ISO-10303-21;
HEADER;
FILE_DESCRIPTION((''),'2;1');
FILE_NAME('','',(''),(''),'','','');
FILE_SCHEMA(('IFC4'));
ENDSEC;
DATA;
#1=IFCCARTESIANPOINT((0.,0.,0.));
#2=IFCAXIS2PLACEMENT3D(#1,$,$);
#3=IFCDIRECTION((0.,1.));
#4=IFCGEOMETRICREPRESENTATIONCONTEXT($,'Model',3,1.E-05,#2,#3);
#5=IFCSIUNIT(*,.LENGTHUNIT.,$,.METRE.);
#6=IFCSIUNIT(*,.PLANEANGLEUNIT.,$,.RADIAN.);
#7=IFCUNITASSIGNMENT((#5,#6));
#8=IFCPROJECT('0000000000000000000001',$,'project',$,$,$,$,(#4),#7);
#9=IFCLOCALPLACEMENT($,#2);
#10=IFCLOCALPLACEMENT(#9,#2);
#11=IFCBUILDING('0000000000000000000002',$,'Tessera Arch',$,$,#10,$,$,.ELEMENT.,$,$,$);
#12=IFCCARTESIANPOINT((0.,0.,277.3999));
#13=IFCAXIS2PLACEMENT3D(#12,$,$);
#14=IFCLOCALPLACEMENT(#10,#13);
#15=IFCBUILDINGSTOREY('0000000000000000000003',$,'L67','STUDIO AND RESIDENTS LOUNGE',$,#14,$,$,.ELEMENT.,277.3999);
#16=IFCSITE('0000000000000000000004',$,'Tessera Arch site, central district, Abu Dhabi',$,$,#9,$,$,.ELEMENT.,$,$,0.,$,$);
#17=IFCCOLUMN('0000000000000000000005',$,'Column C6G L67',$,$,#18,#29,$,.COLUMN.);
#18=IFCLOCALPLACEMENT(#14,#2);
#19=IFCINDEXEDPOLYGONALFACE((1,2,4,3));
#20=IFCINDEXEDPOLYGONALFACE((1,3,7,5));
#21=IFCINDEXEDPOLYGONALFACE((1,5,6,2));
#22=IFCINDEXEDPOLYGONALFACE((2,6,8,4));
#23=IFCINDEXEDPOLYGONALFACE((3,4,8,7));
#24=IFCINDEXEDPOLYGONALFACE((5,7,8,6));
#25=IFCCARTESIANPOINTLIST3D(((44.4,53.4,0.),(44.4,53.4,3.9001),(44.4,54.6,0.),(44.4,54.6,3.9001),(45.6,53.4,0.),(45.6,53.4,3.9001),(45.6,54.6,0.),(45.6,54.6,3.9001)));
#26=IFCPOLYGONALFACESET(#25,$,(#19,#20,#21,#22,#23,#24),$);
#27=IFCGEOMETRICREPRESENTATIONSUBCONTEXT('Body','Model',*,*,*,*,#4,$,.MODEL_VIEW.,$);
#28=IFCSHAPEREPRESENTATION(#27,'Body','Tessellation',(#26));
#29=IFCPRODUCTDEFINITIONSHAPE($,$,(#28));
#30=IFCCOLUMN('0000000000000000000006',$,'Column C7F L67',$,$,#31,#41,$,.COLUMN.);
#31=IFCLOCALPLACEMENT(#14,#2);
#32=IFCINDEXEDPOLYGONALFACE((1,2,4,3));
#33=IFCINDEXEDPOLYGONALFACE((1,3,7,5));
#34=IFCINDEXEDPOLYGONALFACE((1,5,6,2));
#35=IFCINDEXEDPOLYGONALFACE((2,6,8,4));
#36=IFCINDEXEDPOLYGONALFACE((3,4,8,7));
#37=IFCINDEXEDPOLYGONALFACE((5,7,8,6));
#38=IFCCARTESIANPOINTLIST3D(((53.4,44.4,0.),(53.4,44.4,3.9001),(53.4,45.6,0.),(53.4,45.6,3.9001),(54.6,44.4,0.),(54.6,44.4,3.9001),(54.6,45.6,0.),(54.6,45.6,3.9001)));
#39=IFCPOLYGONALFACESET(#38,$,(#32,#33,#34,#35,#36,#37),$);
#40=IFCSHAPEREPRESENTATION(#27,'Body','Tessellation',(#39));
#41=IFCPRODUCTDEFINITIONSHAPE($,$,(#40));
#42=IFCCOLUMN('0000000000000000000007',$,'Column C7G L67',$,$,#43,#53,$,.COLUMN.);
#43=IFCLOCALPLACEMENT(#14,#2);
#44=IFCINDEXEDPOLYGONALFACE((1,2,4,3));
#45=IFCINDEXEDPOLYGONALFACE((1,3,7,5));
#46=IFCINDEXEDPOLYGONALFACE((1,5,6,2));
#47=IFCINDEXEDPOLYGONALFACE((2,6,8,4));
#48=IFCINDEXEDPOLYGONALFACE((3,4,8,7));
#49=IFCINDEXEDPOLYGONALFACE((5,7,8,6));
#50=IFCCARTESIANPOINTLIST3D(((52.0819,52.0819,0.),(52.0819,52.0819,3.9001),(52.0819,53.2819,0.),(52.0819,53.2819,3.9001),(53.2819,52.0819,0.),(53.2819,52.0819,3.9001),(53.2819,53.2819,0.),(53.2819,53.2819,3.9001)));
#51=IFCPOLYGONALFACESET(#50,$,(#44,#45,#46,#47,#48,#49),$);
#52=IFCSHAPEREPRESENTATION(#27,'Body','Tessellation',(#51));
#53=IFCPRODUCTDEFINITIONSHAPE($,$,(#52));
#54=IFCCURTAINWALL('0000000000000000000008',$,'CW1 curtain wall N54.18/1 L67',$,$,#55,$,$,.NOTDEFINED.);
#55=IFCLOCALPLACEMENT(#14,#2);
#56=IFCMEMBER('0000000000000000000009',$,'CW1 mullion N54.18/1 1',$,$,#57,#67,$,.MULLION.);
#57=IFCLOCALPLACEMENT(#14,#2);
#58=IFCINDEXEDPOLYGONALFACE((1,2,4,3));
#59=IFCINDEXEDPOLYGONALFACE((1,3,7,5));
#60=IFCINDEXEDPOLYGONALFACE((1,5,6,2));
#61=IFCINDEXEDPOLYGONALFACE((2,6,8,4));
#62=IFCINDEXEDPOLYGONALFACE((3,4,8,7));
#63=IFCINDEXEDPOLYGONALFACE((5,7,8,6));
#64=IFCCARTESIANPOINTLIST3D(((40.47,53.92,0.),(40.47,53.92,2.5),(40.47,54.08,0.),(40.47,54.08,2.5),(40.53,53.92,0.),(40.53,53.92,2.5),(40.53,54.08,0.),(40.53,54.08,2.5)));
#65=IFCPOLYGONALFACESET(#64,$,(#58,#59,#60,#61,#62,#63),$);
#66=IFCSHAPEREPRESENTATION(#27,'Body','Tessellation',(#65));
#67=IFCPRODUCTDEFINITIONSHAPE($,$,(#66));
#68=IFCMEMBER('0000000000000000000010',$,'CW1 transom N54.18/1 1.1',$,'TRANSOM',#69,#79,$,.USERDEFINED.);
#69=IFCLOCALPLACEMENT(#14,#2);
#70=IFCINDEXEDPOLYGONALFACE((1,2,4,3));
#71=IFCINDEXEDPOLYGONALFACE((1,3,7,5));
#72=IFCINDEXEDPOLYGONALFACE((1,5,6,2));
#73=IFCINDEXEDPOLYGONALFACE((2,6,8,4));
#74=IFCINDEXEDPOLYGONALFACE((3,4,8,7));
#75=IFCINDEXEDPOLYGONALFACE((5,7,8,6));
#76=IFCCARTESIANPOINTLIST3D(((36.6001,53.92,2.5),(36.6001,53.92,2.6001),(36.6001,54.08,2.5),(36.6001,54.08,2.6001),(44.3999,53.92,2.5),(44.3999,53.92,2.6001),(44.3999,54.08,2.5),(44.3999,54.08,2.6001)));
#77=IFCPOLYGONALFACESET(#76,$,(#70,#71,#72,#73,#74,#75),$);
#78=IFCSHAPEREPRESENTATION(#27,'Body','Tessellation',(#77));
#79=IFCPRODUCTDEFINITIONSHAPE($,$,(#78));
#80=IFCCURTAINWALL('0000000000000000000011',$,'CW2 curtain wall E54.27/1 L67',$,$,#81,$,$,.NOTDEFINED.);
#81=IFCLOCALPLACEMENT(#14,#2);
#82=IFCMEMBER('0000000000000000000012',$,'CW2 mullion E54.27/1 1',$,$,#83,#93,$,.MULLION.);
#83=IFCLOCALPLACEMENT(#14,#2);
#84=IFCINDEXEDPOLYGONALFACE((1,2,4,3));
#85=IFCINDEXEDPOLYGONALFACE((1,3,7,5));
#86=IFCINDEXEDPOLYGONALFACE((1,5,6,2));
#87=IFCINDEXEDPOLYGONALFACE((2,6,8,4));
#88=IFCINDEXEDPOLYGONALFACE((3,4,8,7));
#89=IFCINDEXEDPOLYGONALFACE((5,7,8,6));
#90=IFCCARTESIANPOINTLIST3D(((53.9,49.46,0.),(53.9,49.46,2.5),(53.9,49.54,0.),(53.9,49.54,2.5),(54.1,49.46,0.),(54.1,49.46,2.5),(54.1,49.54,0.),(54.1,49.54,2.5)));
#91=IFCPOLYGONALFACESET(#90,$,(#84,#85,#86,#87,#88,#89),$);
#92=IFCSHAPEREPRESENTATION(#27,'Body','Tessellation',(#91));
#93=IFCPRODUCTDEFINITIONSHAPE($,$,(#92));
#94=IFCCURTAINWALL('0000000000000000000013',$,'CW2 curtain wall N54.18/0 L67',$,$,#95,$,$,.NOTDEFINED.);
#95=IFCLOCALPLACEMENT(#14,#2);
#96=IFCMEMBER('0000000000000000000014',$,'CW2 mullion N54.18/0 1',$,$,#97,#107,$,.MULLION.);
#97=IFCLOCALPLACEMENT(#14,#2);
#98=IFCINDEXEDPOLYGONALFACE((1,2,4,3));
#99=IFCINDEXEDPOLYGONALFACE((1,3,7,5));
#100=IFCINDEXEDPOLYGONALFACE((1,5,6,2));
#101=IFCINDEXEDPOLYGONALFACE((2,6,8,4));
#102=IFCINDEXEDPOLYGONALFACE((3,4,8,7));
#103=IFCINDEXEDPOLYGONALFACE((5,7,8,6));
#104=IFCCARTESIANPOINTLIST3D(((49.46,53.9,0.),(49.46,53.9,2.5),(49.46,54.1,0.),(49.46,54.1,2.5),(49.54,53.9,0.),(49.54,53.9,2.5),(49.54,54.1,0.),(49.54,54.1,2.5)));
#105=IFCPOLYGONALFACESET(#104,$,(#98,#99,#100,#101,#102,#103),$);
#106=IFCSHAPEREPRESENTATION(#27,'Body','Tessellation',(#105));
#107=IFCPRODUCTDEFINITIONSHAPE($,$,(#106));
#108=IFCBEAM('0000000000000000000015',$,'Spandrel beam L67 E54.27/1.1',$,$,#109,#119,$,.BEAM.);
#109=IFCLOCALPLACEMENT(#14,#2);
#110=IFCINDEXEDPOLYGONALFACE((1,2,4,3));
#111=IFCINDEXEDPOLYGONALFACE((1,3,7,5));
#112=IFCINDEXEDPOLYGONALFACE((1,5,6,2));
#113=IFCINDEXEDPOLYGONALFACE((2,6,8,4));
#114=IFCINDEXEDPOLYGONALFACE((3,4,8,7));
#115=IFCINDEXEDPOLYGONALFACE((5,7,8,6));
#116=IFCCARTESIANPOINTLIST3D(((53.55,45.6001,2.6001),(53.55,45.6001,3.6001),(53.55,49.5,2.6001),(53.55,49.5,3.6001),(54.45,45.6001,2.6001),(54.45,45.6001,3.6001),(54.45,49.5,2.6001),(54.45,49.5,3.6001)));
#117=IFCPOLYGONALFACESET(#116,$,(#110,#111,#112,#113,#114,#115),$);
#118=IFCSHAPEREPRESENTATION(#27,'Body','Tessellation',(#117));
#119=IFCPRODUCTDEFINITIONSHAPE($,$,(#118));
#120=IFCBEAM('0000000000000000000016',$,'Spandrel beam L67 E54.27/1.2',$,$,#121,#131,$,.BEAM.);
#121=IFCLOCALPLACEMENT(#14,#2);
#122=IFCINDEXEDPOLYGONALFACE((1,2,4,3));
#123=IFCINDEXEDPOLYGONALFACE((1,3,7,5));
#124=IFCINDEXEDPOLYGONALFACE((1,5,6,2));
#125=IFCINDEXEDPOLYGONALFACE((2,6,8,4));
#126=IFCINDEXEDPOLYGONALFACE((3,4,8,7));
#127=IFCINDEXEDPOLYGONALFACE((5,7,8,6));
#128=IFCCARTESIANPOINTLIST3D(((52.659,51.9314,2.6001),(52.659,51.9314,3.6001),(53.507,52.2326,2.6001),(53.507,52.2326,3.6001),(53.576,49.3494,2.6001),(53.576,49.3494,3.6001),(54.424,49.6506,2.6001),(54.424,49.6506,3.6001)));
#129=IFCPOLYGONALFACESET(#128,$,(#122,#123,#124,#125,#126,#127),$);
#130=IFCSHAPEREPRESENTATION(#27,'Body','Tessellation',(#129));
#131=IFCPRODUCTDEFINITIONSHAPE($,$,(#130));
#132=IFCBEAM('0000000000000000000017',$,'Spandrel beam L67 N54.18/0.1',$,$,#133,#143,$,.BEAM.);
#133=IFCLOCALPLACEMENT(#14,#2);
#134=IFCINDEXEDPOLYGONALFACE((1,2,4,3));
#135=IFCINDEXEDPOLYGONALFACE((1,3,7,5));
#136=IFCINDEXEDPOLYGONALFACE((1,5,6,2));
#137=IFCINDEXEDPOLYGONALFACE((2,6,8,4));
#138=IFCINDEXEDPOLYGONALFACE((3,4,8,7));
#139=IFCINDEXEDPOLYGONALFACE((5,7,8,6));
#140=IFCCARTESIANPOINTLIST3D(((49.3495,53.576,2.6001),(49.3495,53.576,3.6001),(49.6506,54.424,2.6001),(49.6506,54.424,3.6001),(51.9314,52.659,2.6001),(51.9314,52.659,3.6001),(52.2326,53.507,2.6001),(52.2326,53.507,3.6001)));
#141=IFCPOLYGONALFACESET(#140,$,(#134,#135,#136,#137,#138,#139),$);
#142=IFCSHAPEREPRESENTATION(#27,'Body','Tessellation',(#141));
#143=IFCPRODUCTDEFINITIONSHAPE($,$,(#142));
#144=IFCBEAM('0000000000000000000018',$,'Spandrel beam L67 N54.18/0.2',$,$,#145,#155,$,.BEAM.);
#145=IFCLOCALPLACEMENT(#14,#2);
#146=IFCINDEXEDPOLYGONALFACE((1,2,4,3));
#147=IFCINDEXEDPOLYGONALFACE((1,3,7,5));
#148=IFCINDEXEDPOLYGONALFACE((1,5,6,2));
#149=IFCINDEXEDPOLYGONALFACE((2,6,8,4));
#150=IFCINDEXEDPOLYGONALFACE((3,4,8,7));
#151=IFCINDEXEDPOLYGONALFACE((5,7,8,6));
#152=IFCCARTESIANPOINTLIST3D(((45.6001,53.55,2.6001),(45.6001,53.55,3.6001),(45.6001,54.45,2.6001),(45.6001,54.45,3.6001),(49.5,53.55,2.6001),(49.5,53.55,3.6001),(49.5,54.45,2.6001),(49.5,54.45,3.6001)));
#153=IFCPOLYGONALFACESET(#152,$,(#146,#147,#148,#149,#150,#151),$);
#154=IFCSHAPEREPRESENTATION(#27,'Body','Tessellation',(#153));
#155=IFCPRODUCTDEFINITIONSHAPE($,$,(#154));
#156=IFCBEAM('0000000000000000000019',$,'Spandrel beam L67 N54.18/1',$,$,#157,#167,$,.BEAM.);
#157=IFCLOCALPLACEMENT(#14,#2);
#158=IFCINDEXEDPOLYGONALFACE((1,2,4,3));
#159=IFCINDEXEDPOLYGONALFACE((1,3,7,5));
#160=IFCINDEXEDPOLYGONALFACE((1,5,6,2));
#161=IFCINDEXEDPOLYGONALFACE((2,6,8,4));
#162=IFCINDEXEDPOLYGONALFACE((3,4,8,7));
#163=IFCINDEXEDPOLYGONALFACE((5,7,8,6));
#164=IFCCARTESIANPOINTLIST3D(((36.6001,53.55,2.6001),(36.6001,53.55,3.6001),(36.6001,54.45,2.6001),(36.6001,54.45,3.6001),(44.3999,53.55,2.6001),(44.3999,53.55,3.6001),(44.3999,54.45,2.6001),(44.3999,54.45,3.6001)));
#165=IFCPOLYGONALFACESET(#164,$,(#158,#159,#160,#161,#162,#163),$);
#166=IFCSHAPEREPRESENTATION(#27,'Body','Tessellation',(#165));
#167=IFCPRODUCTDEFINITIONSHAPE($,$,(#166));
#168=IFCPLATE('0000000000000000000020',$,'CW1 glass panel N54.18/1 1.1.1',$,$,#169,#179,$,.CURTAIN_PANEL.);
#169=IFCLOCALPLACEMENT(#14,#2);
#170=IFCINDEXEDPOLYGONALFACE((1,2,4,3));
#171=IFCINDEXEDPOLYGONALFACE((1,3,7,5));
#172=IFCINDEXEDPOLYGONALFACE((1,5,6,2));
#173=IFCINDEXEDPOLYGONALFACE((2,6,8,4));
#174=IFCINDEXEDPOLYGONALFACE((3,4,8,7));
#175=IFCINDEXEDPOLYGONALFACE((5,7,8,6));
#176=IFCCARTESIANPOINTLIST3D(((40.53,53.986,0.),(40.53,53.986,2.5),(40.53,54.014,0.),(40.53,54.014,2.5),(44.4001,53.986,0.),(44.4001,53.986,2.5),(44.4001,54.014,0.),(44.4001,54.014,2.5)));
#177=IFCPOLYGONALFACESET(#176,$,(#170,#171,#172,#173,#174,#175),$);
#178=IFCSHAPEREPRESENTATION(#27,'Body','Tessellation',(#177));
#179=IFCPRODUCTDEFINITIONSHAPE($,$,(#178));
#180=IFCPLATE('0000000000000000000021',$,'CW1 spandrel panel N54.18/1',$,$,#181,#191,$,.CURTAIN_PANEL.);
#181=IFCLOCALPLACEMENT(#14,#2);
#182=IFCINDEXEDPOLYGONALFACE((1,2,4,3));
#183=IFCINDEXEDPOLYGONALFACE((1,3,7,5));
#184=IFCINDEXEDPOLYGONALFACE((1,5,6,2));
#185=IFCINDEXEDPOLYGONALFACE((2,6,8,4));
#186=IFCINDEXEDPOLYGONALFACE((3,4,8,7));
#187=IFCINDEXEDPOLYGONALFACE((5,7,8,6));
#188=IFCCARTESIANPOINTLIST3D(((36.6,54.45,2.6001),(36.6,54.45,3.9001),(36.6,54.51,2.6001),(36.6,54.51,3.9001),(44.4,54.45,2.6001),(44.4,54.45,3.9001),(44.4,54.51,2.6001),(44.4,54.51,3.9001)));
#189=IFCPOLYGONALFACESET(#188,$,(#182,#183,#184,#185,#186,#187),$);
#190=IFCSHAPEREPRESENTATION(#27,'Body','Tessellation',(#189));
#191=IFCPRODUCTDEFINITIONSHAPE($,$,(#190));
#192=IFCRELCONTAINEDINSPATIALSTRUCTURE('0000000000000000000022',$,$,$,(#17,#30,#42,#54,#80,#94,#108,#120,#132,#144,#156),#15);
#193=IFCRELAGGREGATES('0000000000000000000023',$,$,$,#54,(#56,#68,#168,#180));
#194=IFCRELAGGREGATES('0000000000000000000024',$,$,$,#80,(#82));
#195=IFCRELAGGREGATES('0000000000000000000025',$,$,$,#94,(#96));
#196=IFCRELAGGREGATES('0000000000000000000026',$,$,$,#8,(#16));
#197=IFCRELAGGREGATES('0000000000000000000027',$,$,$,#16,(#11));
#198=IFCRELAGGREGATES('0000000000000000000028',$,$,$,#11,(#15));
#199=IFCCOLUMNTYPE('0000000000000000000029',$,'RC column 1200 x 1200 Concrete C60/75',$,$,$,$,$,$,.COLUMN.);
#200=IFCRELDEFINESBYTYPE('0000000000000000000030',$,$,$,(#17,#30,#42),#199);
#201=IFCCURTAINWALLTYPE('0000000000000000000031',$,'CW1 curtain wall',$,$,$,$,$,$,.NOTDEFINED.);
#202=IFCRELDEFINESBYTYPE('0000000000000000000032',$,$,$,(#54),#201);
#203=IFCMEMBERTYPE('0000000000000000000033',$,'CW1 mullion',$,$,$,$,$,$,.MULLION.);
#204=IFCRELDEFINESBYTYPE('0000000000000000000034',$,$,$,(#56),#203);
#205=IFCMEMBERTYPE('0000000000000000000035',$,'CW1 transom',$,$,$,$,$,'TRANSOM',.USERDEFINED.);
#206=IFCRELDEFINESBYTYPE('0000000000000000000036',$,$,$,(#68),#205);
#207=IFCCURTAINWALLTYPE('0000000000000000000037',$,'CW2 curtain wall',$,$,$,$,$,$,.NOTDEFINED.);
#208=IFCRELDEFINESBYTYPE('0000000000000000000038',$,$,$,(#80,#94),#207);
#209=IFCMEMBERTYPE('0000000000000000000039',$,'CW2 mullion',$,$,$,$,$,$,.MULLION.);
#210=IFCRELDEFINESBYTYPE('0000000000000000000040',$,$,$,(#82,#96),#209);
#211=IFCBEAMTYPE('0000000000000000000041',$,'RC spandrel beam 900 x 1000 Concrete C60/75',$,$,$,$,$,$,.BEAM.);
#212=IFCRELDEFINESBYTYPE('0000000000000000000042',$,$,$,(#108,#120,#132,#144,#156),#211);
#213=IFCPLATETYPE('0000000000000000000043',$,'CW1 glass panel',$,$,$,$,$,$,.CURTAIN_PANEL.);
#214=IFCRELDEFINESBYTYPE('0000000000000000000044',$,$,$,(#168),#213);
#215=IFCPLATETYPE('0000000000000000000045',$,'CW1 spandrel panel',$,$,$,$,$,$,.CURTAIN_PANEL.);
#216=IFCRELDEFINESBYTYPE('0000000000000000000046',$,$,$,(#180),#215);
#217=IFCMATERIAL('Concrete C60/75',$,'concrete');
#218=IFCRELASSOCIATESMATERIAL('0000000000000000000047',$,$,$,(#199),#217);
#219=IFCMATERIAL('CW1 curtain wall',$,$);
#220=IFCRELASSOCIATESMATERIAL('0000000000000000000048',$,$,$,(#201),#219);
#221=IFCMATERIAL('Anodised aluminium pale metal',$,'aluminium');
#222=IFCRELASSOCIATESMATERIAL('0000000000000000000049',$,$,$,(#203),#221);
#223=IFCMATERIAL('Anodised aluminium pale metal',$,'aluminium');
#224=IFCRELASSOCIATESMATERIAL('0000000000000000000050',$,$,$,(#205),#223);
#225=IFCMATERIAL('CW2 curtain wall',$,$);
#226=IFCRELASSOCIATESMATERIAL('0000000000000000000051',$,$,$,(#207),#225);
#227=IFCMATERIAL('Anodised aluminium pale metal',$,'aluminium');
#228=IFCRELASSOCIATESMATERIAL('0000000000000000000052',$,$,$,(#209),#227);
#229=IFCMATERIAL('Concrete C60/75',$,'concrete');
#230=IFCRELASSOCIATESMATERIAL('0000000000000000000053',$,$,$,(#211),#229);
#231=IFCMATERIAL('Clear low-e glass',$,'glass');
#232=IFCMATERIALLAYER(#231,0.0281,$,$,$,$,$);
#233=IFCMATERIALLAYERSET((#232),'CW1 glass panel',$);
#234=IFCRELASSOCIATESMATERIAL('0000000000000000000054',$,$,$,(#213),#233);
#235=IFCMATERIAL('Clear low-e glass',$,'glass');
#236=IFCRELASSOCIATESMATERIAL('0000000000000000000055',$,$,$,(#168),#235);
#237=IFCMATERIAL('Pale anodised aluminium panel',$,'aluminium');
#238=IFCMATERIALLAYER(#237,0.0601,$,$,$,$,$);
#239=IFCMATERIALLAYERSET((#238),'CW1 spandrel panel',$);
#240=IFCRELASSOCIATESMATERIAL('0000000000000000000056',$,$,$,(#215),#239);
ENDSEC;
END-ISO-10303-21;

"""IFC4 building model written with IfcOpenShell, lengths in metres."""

from ifc_helpers import new_model, si_unit, direction, frame, origin, origin_2d, place, context, subcontext, project, spatial, rectangle, extrude, material, layer, layer_set, material_profile, profile_set, type_object, element, aggregate, save


model = new_model("IFC4")

# Units and contexts
model_context = context("Model", 3, precision=1e-05, world=origin(), true_north=direction((0.0, 1.0)))
body_context = subcontext(model_context, "Body", "Model", "MODEL_VIEW")
ifc_project = project(units=[si_unit("LENGTHUNIT", "METRE"), si_unit("PLANEANGLEUNIT", "RADIAN")], contexts=[model_context])

# Site, building, storey
site_placement = place(None, origin())
site = spatial("IfcSite", under=ifc_project, at=site_placement, Name="Tessera Arch site, central district, Abu Dhabi", CompositionType="ELEMENT", RefElevation=0.0)
building_placement = place(site_placement, origin())
building = spatial("IfcBuilding", under=site, at=building_placement, Name="Tessera Arch", CompositionType="ELEMENT")
storey_placement = place(building_placement, frame((0.0, 0.0, 277.3999)))
storey = spatial("IfcBuildingStorey", under=building, at=storey_placement, Name="L67", Description="STUDIO AND RESIDENTS LOUNGE", CompositionType="ELEMENT", Elevation=277.3999)

# Columns
ifc_material_1 = material(Name="Concrete C60/75", Category="concrete")
ifc_material_profile_1 = material_profile(ifc_material_1, rectangle(XDim=1.2, YDim=1.2, at=origin_2d()), Name="RC column 1200 x 1200 Concrete C60/75")
ifc_profile_set_1 = profile_set([ifc_material_profile_1], Name="Concrete C60/75")
column_type = type_object("IfcColumnType", Name="RC column 1200 x 1200 Concrete C60/75", PredefinedType="COLUMN", material=ifc_profile_set_1)
for number, where, z_axis, x_axis, name in (
    (1, (45.0, 54.0, 0.0), (0.0, 0.0, 1.0), (1.0, 0.0, 0.0), "Column C6G L67"),
    (2, (54.0, 45.0, 0.0), (0.0, 0.0, 1.0), (1.0, 0.0, 0.0), "Column C7F L67"),
    (3, (52.6819, 52.6819, 0.0), (0.0, 0.0, 1.0), (1.0, 0.0, 0.0), "Column C7G L67"),
):
    element("IfcColumn", number, at=place(storey_placement, frame(where, z_axis=z_axis, x_axis=x_axis)), inside=storey, type_object=column_type, Name=name, PredefinedType="COLUMN", context=body_context, shape_type="SweptSolid", body=[
        extrude(rectangle(XDim=1.2, YDim=1.2, at=origin_2d()), origin(), (0.0, 0.0, 1.0), 3.9001),
    ])

# Curtain wall, members
ifc_material_2 = material(Name="CW1 curtain wall")
curtain_wall_type_1 = type_object("IfcCurtainWallType", Name="CW1 curtain wall", PredefinedType="NOTDEFINED", material=ifc_material_2)
curtain_wall_1_placement = place(storey_placement, origin())
curtain_wall_1 = element("IfcCurtainWall", 4, at=curtain_wall_1_placement, inside=storey, type_object=curtain_wall_type_1, Name="CW1 curtain wall N54.18/1 L67", PredefinedType="NOTDEFINED")
ifc_material_3 = material(Name="Anodised aluminium pale metal", Category="aluminium")
ifc_material_profile_2 = material_profile(ifc_material_3, rectangle(XDim=0.1599, YDim=0.0601, at=origin_2d()), Name="AL 60x160")
ifc_profile_set_2 = profile_set([ifc_material_profile_2], Name="Anodised aluminium pale metal")
member_type_1 = type_object("IfcMemberType", Name="CW1 mullion", PredefinedType="MULLION", material=ifc_profile_set_2)
member_1_placement = place(storey_placement, frame((40.5, 54.0, 0.0), z_axis=(0.0, 0.0, 1.0), x_axis=(0.0, -1.0, 0.0)))
member_1 = element("IfcMember", 5, at=member_1_placement, type_object=member_type_1, Name="CW1 mullion N54.18/1 1", PredefinedType="MULLION", context=body_context, shape_type="SweptSolid", body=[
    extrude(rectangle(XDim=0.1599, YDim=0.0601, at=origin_2d()), origin(), (0.0, 0.0, 1.0), 2.5),
])
ifc_material_4 = material(Name="Anodised aluminium pale metal", Category="aluminium")
ifc_material_profile_3 = material_profile(ifc_material_4, rectangle(XDim=0.1599, YDim=0.1001, at=origin_2d()), Name="AL 160x100")
ifc_profile_set_3 = profile_set([ifc_material_profile_3], Name="Anodised aluminium pale metal")
member_type_2 = type_object("IfcMemberType", Name="CW1 transom", ElementType="TRANSOM", PredefinedType="USERDEFINED", material=ifc_profile_set_3)
member_2_placement = place(storey_placement, frame((44.3999, 54.0, 2.55), z_axis=(-1.0, 0.0, 0.0), x_axis=(0.0, -1.0, 0.0)))
member_2 = element("IfcMember", 6, at=member_2_placement, type_object=member_type_2, Name="CW1 transom N54.18/1 1.1", ObjectType="TRANSOM", PredefinedType="USERDEFINED", context=body_context, shape_type="SweptSolid", body=[
    extrude(rectangle(XDim=0.1599, YDim=0.1001, at=origin_2d()), origin(), (0.0, 0.0, 1.0), 7.7998),
])

# Curtain walls, members
ifc_material_5 = material(Name="CW2 curtain wall")
curtain_wall_type_2 = type_object("IfcCurtainWallType", Name="CW2 curtain wall", PredefinedType="NOTDEFINED", material=ifc_material_5)
curtain_wall_2_placement = place(storey_placement, origin())
curtain_wall_2 = element("IfcCurtainWall", 7, at=curtain_wall_2_placement, inside=storey, type_object=curtain_wall_type_2, Name="CW2 curtain wall E54.27/1 L67", PredefinedType="NOTDEFINED")
ifc_material_6 = material(Name="Anodised aluminium pale metal", Category="aluminium")
ifc_material_profile_4 = material_profile(ifc_material_6, rectangle(XDim=0.2, YDim=0.0801, at=origin_2d()), Name="AL 80x200")
ifc_profile_set_4 = profile_set([ifc_material_profile_4], Name="Anodised aluminium pale metal")
member_type_3 = type_object("IfcMemberType", Name="CW2 mullion", PredefinedType="MULLION", material=ifc_profile_set_4)
member_3_placement = place(storey_placement, frame((54.0, 49.5, 0.0), z_axis=(0.0, 0.0, 1.0), x_axis=(-1.0, 0.0, 0.0)))
member_3 = element("IfcMember", 8, at=member_3_placement, type_object=member_type_3, Name="CW2 mullion E54.27/1 1", PredefinedType="MULLION", context=body_context, shape_type="SweptSolid", body=[
    extrude(rectangle(XDim=0.2, YDim=0.0801, at=origin_2d()), origin(), (0.0, 0.0, 1.0), 2.5),
])
curtain_wall_3_placement = place(storey_placement, origin())
curtain_wall_3 = element("IfcCurtainWall", 9, at=curtain_wall_3_placement, inside=storey, type_object=curtain_wall_type_2, Name="CW2 curtain wall N54.18/0 L67", PredefinedType="NOTDEFINED")
member_4_placement = place(storey_placement, frame((49.5, 54.0, 0.0), z_axis=(0.0, 0.0, 1.0), x_axis=(0.0, -1.0, 0.0)))
member_4 = element("IfcMember", 10, at=member_4_placement, type_object=member_type_3, Name="CW2 mullion N54.18/0 1", PredefinedType="MULLION", context=body_context, shape_type="SweptSolid", body=[
    extrude(rectangle(XDim=0.2, YDim=0.0801, at=origin_2d()), origin(), (0.0, 0.0, 1.0), 2.5),
])

# Beams
ifc_material_7 = material(Name="Concrete C60/75", Category="concrete")
ifc_material_profile_5 = material_profile(ifc_material_7, rectangle(XDim=0.8999, YDim=1.0, at=origin_2d()), Name="RC spandrel beam 900 x 1000 Concrete C60/75")
ifc_profile_set_5 = profile_set([ifc_material_profile_5], Name="Concrete C60/75")
beam_type = type_object("IfcBeamType", Name="RC spandrel beam 900 x 1000 Concrete C60/75", PredefinedType="BEAM", material=ifc_profile_set_5)
beam_1_placement = place(storey_placement, frame((54.0, 45.6001, 3.1001), z_axis=(0.0, 1.0, 0.0), x_axis=(-1.0, 0.0, 0.0)))
element("IfcBeam", 11, at=beam_1_placement, inside=storey, type_object=beam_type, Name="Spandrel beam L67 E54.27/1.1", PredefinedType="BEAM", context=body_context, shape_type="SweptSolid", body=[
    extrude(rectangle(XDim=0.8999, YDim=1.0, at=origin_2d()), origin(), (0.0, 0.0, 1.0), 3.8999),
])
for number, where, z_axis, x_axis, name in (
    (12, (54.0, 49.5, 3.1001), (-0.334665, 0.942337, 0.0), (-0.942337, -0.334665, 0.0), "Spandrel beam L67 E54.27/1.2"),
    (13, (52.082, 53.083, 3.1001), (-0.942337, 0.334665, 0.0), (-0.334665, -0.942337, 0.0), "Spandrel beam L67 N54.18/0.1"),
):
    element("IfcBeam", number, at=place(storey_placement, frame(where, z_axis=z_axis, x_axis=x_axis)), inside=storey, type_object=beam_type, Name=name, PredefinedType="BEAM", context=body_context, shape_type="SweptSolid", body=[
        extrude(rectangle(XDim=0.8999, YDim=1.0, at=origin_2d()), origin(), (0.0, 0.0, 1.0), 2.74),
    ])
beam_2_placement = place(storey_placement, frame((49.5, 54.0, 3.1001), z_axis=(-1.0, 0.0, 0.0), x_axis=(0.0, -1.0, 0.0)))
element("IfcBeam", 14, at=beam_2_placement, inside=storey, type_object=beam_type, Name="Spandrel beam L67 N54.18/0.2", PredefinedType="BEAM", context=body_context, shape_type="SweptSolid", body=[
    extrude(rectangle(XDim=0.8999, YDim=1.0, at=origin_2d()), origin(), (0.0, 0.0, 1.0), 3.8999),
])
beam_3_placement = place(storey_placement, frame((44.3999, 54.0, 3.1001), z_axis=(-1.0, 0.0, 0.0), x_axis=(0.0, -1.0, 0.0)))
element("IfcBeam", 15, at=beam_3_placement, inside=storey, type_object=beam_type, Name="Spandrel beam L67 N54.18/1", PredefinedType="BEAM", context=body_context, shape_type="SweptSolid", body=[
    extrude(rectangle(XDim=0.8999, YDim=1.0, at=origin_2d()), origin(), (0.0, 0.0, 1.0), 7.7998),
])

# Plates
ifc_material_8 = material(Name="Clear low-e glass", Category="glass")
ifc_material_9 = material(Name="Clear low-e glass", Category="glass")
ifc_layer_1 = layer(ifc_material_9, 0.0281)
ifc_layer_set_1 = layer_set([ifc_layer_1], Name="CW1 glass panel")
plate_type_1 = type_object("IfcPlateType", Name="CW1 glass panel", PredefinedType="CURTAIN_PANEL", material=ifc_layer_set_1)
plate_1_placement = place(storey_placement, frame((42.4651, 54.0, 0.0), z_axis=(0.0, 0.0, 1.0), x_axis=(-1.0, 0.0, 0.0)))
plate_1 = element("IfcPlate", 16, at=plate_1_placement, type_object=plate_type_1, material=ifc_material_8, Name="CW1 glass panel N54.18/1 1.1.1", PredefinedType="CURTAIN_PANEL", context=body_context, shape_type="SweptSolid", body=[
    extrude(rectangle(XDim=3.8701, YDim=0.0281, at=origin_2d()), origin(), (0.0, 0.0, 1.0), 2.5),
])
ifc_material_10 = material(Name="Pale anodised aluminium panel", Category="aluminium")
ifc_layer_2 = layer(ifc_material_10, 0.0601)
ifc_layer_set_2 = layer_set([ifc_layer_2], Name="CW1 spandrel panel")
plate_type_2 = type_object("IfcPlateType", Name="CW1 spandrel panel", PredefinedType="CURTAIN_PANEL", material=ifc_layer_set_2)
plate_2_placement = place(storey_placement, frame((40.5, 54.48, 2.6001), z_axis=(0.0, 0.0, 1.0), x_axis=(-1.0, 0.0, 0.0)))
plate_2 = element("IfcPlate", 17, at=plate_2_placement, type_object=plate_type_2, Name="CW1 spandrel panel N54.18/1", PredefinedType="CURTAIN_PANEL", context=body_context, shape_type="SweptSolid", body=[
    extrude(rectangle(XDim=7.8, YDim=0.0601, at=origin_2d()), origin(), (0.0, 0.0, 1.0), 1.3),
])
aggregate(curtain_wall_1, [member_1, member_2, plate_1, plate_2])
aggregate(curtain_wall_2, [member_3])
aggregate(curtain_wall_3, [member_4])

save(model, "model.ifc")
